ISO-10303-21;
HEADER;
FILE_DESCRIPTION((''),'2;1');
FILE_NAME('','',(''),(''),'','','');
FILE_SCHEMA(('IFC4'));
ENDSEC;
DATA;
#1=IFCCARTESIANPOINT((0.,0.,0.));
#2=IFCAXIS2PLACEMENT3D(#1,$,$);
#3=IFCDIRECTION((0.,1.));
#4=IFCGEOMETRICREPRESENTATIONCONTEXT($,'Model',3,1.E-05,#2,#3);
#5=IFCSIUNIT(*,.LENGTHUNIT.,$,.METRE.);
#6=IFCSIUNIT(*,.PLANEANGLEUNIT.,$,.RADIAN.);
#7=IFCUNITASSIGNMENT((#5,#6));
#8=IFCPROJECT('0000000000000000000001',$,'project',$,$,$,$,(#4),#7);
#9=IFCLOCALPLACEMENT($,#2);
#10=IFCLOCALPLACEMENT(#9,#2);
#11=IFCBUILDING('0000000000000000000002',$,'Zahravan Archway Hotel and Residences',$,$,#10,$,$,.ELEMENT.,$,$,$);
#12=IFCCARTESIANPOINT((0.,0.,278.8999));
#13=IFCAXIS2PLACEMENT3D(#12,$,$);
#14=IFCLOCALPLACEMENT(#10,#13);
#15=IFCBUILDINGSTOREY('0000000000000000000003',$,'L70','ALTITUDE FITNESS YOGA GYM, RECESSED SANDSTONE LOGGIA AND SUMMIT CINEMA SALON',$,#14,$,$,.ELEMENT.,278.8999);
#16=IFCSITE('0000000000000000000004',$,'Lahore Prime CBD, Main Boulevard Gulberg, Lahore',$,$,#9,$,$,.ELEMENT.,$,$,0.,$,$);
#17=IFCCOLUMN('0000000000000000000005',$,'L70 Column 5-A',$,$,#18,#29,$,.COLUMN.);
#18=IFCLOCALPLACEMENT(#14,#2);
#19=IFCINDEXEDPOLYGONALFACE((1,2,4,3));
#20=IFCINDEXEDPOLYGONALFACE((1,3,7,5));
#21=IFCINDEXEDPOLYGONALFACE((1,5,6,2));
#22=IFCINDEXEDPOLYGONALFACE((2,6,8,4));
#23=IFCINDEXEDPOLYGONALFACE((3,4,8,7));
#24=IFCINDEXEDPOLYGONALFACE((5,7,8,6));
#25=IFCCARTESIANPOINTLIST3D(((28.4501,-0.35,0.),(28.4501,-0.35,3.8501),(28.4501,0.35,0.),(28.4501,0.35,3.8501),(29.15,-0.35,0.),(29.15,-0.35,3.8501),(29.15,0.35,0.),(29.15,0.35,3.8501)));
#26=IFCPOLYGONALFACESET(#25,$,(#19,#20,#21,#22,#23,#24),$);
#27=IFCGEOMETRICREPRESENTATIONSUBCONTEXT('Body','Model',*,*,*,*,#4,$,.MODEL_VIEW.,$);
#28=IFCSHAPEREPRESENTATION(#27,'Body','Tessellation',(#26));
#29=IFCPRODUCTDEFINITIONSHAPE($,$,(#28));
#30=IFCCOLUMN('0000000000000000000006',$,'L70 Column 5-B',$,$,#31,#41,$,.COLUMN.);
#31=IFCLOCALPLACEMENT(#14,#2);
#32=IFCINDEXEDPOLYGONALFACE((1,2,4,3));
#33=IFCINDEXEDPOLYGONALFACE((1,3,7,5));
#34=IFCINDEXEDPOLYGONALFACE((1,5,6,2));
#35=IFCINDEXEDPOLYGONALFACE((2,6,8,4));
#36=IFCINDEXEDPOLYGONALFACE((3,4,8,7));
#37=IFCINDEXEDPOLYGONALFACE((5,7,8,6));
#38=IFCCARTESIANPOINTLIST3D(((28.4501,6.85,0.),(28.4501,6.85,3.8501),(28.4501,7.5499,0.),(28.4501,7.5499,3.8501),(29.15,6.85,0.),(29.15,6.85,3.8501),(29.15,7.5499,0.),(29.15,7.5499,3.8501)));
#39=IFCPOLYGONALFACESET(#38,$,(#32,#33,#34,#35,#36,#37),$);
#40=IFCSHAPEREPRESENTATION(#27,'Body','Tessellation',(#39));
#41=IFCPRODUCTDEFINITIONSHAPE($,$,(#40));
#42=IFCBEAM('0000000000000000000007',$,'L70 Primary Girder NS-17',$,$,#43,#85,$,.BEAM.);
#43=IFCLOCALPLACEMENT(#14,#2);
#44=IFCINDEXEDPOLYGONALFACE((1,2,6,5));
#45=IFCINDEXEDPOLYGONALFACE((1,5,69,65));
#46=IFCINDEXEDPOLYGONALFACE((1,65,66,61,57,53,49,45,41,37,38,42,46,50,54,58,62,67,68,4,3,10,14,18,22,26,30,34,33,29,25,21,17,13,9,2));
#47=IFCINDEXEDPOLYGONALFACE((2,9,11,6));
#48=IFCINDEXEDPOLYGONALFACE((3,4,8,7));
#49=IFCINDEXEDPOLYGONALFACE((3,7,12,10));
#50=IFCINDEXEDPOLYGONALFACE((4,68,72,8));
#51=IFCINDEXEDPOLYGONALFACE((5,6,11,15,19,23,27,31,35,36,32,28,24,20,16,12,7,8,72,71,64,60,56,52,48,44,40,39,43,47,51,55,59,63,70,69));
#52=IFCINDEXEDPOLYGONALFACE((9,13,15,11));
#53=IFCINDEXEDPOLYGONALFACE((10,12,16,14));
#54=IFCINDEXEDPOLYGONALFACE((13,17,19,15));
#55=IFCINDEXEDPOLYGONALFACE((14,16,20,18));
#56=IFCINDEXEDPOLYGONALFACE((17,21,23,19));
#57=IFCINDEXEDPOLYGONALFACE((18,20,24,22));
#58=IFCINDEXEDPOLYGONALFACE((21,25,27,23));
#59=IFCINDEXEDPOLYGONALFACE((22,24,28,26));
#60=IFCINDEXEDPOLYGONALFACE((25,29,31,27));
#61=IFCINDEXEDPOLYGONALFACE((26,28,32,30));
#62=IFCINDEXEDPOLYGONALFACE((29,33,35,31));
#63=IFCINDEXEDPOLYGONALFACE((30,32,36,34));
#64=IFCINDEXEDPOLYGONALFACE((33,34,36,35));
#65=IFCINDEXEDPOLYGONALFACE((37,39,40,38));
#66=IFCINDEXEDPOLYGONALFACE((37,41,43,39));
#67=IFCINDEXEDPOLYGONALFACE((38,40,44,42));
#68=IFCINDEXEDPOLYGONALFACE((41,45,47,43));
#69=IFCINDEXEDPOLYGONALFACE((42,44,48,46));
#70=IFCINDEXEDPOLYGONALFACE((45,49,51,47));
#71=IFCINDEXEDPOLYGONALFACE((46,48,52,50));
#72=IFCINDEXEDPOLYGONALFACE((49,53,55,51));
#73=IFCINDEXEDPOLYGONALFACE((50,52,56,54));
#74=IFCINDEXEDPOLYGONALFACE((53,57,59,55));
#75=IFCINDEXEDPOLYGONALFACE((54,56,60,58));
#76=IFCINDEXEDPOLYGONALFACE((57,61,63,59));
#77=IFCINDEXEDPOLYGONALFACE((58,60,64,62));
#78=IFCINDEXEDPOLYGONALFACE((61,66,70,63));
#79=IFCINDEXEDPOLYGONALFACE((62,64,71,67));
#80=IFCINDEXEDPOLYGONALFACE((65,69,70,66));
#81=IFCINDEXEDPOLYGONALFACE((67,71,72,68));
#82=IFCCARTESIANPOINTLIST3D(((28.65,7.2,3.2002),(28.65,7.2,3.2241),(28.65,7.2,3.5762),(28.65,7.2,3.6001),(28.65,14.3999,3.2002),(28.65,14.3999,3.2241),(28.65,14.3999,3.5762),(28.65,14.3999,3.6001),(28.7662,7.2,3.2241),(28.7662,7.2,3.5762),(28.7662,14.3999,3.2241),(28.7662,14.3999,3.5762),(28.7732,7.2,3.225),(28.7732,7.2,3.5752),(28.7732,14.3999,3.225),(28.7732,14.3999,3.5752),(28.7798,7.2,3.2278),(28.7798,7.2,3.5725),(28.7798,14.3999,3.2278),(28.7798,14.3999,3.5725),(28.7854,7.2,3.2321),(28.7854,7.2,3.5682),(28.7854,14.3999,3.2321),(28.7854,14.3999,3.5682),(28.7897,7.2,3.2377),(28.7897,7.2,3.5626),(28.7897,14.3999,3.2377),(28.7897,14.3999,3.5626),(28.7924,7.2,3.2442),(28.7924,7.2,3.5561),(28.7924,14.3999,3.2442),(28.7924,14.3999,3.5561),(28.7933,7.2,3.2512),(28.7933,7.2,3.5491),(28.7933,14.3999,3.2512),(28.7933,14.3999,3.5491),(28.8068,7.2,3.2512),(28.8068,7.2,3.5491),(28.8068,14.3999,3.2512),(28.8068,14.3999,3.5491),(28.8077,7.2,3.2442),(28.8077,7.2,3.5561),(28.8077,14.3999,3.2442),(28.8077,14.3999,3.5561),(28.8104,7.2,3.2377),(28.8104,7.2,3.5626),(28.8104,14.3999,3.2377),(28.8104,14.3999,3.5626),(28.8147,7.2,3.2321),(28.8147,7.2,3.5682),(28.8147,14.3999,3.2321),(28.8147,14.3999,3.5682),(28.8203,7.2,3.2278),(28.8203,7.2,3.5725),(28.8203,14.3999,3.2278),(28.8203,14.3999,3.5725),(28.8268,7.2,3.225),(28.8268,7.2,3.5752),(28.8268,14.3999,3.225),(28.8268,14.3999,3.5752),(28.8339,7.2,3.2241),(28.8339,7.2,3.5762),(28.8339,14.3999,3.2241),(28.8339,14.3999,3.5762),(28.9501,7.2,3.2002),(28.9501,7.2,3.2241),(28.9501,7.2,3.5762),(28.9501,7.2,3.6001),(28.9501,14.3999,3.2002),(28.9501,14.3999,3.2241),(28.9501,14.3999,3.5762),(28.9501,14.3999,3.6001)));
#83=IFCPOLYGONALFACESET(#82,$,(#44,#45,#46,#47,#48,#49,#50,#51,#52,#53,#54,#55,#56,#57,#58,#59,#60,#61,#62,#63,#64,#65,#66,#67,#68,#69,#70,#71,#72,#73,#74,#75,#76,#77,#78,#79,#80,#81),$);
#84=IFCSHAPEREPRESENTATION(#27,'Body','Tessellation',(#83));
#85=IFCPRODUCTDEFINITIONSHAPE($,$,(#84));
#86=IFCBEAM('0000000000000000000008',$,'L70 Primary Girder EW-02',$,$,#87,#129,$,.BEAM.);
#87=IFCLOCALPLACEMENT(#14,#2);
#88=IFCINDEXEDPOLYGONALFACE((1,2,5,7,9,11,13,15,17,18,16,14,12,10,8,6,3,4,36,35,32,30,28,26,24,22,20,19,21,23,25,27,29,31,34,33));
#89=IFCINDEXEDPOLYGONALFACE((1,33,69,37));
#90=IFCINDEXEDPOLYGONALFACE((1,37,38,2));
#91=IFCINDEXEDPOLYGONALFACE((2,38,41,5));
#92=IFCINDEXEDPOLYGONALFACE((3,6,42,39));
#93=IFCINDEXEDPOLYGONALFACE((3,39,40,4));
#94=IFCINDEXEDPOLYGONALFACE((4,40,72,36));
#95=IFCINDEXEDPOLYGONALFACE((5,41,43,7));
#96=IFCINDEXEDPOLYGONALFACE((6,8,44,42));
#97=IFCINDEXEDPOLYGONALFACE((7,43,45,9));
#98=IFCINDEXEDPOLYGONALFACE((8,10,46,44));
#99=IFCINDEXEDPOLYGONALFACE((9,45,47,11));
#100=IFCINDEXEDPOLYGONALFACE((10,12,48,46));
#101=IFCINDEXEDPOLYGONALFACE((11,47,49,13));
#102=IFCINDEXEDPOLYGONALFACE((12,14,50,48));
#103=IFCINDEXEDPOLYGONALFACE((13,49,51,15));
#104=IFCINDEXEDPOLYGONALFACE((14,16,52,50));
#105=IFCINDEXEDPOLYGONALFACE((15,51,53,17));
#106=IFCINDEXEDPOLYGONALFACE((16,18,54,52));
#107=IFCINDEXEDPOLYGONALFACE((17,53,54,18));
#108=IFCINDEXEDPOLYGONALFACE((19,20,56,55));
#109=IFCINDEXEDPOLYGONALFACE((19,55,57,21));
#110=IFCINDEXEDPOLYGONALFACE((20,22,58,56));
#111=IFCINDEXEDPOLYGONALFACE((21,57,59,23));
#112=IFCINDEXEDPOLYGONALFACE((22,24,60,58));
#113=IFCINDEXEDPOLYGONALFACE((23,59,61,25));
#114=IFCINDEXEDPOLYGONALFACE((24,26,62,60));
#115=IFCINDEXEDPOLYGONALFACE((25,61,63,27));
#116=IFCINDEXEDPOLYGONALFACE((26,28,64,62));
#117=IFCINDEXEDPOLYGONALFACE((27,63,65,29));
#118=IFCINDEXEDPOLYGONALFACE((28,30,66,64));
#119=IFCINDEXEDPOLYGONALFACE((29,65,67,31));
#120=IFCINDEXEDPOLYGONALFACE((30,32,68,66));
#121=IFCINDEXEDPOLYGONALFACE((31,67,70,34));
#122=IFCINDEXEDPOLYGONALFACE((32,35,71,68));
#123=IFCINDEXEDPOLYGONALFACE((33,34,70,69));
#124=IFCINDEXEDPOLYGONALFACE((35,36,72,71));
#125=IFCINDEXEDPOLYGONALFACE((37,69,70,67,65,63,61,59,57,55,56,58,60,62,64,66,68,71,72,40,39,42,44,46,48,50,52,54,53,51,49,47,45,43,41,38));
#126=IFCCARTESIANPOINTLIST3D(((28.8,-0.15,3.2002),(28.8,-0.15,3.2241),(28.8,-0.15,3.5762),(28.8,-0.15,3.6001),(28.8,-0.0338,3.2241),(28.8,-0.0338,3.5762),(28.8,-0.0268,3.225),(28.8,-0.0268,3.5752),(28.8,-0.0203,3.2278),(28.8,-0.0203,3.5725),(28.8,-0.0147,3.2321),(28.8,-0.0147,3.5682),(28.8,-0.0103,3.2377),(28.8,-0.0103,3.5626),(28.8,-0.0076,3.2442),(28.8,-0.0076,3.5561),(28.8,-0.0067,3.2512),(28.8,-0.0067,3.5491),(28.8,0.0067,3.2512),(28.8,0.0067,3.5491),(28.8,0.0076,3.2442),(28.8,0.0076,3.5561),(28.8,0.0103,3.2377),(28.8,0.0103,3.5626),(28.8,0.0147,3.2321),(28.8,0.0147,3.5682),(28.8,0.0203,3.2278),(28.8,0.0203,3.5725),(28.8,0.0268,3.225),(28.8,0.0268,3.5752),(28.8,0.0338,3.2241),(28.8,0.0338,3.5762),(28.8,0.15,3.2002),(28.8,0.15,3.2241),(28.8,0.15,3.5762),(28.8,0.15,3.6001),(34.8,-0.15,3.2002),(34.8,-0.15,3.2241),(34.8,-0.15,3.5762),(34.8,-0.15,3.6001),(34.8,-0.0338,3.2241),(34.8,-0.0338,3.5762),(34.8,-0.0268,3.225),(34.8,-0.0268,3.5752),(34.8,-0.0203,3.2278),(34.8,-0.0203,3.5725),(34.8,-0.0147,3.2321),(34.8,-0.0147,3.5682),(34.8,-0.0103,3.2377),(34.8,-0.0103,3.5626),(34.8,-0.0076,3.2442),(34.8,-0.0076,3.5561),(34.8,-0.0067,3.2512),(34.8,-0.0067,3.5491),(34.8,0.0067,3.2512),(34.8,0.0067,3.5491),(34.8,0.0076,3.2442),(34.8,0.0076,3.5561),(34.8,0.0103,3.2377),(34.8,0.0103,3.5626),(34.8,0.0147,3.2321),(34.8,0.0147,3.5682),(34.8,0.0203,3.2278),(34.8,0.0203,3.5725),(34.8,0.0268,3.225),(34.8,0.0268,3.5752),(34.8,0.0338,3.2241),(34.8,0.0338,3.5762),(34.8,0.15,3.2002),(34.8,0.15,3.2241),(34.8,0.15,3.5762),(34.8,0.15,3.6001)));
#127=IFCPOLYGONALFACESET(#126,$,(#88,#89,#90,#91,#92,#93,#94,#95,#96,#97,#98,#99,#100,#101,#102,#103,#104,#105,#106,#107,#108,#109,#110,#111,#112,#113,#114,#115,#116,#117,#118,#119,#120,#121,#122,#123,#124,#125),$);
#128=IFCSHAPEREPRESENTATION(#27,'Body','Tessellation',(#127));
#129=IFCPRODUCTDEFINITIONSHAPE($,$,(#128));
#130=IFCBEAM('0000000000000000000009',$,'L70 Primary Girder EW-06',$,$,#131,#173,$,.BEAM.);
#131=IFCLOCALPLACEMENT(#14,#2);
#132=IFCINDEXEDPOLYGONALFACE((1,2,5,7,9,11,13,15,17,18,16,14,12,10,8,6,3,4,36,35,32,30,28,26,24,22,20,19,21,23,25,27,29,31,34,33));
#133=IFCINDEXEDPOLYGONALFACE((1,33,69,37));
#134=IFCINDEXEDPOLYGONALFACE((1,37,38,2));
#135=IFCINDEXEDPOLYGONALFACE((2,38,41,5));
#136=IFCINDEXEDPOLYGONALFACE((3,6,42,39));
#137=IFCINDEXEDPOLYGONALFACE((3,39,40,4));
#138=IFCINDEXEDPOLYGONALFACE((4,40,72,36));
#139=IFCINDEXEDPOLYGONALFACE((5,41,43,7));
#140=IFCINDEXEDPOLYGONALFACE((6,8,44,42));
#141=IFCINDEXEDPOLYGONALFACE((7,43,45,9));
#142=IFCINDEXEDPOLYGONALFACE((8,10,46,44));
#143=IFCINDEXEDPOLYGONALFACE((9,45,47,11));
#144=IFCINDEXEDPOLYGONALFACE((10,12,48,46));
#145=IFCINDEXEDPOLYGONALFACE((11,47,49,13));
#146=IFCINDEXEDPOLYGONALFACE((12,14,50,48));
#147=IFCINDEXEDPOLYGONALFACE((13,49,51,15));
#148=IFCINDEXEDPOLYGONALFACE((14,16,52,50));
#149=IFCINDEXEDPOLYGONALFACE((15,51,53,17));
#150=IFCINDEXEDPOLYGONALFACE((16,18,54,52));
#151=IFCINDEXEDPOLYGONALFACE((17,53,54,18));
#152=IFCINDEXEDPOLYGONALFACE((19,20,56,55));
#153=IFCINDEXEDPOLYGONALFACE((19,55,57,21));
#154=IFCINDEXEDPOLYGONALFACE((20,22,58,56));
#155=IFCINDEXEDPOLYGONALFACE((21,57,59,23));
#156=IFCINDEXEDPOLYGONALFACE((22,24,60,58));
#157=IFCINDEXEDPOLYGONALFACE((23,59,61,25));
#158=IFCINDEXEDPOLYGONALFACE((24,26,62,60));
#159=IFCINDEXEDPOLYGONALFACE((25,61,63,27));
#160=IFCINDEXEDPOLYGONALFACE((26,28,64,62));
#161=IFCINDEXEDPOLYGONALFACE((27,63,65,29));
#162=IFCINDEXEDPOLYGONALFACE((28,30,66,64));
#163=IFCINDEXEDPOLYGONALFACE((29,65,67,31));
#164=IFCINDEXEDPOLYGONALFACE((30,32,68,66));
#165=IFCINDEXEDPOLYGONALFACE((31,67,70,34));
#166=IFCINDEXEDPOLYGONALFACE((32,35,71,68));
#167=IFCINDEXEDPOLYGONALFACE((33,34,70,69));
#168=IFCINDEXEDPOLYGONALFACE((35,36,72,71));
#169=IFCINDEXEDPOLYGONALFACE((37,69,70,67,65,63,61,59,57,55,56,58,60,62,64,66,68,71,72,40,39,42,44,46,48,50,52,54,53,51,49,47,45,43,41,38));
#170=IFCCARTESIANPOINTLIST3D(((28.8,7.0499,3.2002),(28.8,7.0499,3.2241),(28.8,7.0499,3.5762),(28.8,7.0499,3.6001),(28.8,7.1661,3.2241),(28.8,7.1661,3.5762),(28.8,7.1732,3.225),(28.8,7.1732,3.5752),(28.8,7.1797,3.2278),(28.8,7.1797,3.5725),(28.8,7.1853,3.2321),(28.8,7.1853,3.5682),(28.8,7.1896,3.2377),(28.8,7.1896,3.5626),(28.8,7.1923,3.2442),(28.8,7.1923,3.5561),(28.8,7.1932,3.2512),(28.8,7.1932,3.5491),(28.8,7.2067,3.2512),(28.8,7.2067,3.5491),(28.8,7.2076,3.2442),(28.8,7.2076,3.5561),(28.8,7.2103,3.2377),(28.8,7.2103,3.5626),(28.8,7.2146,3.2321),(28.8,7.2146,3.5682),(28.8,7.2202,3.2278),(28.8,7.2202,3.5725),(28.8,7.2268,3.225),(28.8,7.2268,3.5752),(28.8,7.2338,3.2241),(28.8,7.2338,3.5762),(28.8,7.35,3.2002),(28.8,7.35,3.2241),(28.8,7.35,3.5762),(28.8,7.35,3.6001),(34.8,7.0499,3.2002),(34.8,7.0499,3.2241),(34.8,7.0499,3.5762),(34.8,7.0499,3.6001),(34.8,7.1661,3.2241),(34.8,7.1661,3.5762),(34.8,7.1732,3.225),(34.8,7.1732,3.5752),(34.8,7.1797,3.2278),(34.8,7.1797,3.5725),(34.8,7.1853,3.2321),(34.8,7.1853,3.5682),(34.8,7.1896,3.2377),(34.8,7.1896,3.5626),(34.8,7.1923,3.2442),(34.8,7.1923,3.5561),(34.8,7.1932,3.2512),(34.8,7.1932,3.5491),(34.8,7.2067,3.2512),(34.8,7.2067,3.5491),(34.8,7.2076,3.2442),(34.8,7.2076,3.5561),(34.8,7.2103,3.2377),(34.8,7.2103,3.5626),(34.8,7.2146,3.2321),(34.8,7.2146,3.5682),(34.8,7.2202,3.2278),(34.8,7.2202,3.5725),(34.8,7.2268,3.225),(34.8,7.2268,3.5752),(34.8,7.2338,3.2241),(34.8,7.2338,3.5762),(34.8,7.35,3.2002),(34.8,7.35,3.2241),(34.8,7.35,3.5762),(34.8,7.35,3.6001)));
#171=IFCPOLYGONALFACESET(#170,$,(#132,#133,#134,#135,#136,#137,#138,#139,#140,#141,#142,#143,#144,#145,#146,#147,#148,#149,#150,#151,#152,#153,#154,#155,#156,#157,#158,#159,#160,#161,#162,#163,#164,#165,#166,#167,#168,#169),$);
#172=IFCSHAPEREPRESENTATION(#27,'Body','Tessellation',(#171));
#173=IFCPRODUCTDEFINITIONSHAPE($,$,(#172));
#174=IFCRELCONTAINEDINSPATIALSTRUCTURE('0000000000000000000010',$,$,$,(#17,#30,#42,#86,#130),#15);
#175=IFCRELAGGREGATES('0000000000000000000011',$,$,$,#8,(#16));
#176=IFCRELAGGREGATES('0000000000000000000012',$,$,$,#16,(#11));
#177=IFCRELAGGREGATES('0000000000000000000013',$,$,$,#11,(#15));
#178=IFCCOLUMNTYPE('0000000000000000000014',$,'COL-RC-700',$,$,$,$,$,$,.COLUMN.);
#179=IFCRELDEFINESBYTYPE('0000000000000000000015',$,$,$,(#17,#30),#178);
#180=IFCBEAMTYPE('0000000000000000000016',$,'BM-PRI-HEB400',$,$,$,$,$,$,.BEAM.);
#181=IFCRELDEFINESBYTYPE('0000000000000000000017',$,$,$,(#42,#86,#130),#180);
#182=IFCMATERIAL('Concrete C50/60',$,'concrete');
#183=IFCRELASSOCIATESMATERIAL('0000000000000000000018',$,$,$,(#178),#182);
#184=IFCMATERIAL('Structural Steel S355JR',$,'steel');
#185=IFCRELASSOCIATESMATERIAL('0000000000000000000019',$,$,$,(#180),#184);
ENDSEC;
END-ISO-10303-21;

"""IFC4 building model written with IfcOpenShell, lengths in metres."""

from ifc_helpers import new_model, si_unit, direction, frame, origin, origin_2d, place, context, subcontext, project, spatial, rectangle, i_section, extrude, source, transform, mapped, material, material_profile, profile_set, type_object, type_shapes, element, save


model = new_model("IFC4")

# Units and contexts
model_context = context("Model", 3, precision=1e-05, world=origin(), true_north=direction((0.0, 1.0)))
body_context = subcontext(model_context, "Body", "Model", "MODEL_VIEW")
ifc_project = project(units=[si_unit("LENGTHUNIT", "METRE"), si_unit("PLANEANGLEUNIT", "RADIAN")], contexts=[model_context])

# Site, building, storey
site_placement = place(None, origin())
site = spatial("IfcSite", under=ifc_project, at=site_placement, Name="Lahore Prime CBD, Main Boulevard Gulberg, Lahore", CompositionType="ELEMENT", RefElevation=0.0)
building_placement = place(site_placement, origin())
building = spatial("IfcBuilding", under=site, at=building_placement, Name="Zahravan Archway Hotel and Residences", CompositionType="ELEMENT")
storey_placement = place(building_placement, frame((0.0, 0.0, 278.8999)))
storey = spatial("IfcBuildingStorey", under=building, at=storey_placement, Name="L70", Description="ALTITUDE FITNESS YOGA GYM, RECESSED SANDSTONE LOGGIA AND SUMMIT CINEMA SALON", CompositionType="ELEMENT", Elevation=278.8999)

# Columns
ifc_material_1 = material(Name="Concrete C50/60", Category="concrete")
ifc_material_profile_1 = material_profile(ifc_material_1, rectangle(XDim=0.7, YDim=0.7, at=origin_2d()), Name="RC-COL-700x700", Category="concrete")
ifc_profile_set_1 = profile_set([ifc_material_profile_1], Name="Concrete C50/60")
column_type = type_object("IfcColumnType", Name="COL-RC-700", PredefinedType="COLUMN", material=ifc_profile_set_1)
shared_shape_1 = source(origin(), body_context, "Body", "SweptSolid", [
    extrude(rectangle(XDim=0.7, YDim=0.7, at=origin_2d()), origin(), (0.0, 0.0, 1.0), 3.8501),
])
for number, where, z_axis, x_axis, name in (
    (1, (28.8, 0.0, 0.0), (0.0, 0.0, 1.0), (1.0, 0.0, 0.0), "L70 Column 5-A"),
    (2, (28.8, 7.2, 0.0), (0.0, 0.0, 1.0), (1.0, 0.0, 0.0), "L70 Column 5-B"),
):
    element("IfcColumn", number, at=place(storey_placement, frame(where, z_axis=z_axis, x_axis=x_axis)), inside=storey, type_object=column_type, Name=name, PredefinedType="COLUMN", context=body_context, shape_type="MappedRepresentation", body=[
        mapped(shared_shape_1, transform((0.0, 0.0, 0.0), scale=1.0)),
    ])

# Beams
ifc_material_2 = material(Name="Structural Steel S355JR", Category="steel")
ifc_material_profile_2 = material_profile(ifc_material_2, i_section(OverallWidth=0.3, OverallDepth=0.3999, WebThickness=0.0134, FlangeThickness=0.0239, FilletRadius=0.0271, at=origin_2d()), Name="HEB 400", Category="steel")
ifc_profile_set_2 = profile_set([ifc_material_profile_2], Name="Structural Steel S355JR")
beam_type_1 = type_object("IfcBeamType", Name="BM-PRI-HEB400", PredefinedType="BEAM", material=ifc_profile_set_2)
shared_shape_2 = source(origin(), body_context, "Body", "SweptSolid", [
    extrude(i_section(OverallWidth=0.3, OverallDepth=0.3999, WebThickness=0.0134, FlangeThickness=0.0239, FilletRadius=0.0271, at=origin_2d()), origin(), (0.0, 0.0, 1.0), 7.2),
])
type_shapes(beam_type_1, [shared_shape_2])
beam_1_placement = place(storey_placement, frame((28.8, 7.2, 3.4001), z_axis=(0.0, 1.0, 0.0), x_axis=(-1.0, 0.0, 0.0)))
element("IfcBeam", 3, at=beam_1_placement, inside=storey, type_object=beam_type_1, Name="L70 Primary Girder NS-17", PredefinedType="BEAM", context=body_context, shape_type="MappedRepresentation", body=[
    mapped(shared_shape_2, transform((0.0, 0.0, 0.0), scale=1.0)),
])
shared_shape_3 = source(origin(), body_context, "Body", "SweptSolid", [
    extrude(i_section(OverallWidth=0.3, OverallDepth=0.3999, WebThickness=0.0134, FlangeThickness=0.0239, FilletRadius=0.0271, at=origin_2d()), origin(), (0.0, 0.0, 1.0), 6.0),
])
for number, where, z_axis, x_axis, name in (
    (4, (28.8, 0.0, 3.4001), (1.0, 0.0, 0.0), (0.0, 1.0, 0.0), "L70 Primary Girder EW-02"),
    (5, (28.8, 7.2, 3.4001), (1.0, 0.0, 0.0), (0.0, 1.0, 0.0), "L70 Primary Girder EW-06"),
):
    element("IfcBeam", number, at=place(storey_placement, frame(where, z_axis=z_axis, x_axis=x_axis)), inside=storey, type_object=beam_type_1, Name=name, PredefinedType="BEAM", context=body_context, shape_type="MappedRepresentation", body=[
        mapped(shared_shape_3, transform((0.0, 0.0, 0.0), scale=1.0)),
    ])

save(model, "model.ifc")
